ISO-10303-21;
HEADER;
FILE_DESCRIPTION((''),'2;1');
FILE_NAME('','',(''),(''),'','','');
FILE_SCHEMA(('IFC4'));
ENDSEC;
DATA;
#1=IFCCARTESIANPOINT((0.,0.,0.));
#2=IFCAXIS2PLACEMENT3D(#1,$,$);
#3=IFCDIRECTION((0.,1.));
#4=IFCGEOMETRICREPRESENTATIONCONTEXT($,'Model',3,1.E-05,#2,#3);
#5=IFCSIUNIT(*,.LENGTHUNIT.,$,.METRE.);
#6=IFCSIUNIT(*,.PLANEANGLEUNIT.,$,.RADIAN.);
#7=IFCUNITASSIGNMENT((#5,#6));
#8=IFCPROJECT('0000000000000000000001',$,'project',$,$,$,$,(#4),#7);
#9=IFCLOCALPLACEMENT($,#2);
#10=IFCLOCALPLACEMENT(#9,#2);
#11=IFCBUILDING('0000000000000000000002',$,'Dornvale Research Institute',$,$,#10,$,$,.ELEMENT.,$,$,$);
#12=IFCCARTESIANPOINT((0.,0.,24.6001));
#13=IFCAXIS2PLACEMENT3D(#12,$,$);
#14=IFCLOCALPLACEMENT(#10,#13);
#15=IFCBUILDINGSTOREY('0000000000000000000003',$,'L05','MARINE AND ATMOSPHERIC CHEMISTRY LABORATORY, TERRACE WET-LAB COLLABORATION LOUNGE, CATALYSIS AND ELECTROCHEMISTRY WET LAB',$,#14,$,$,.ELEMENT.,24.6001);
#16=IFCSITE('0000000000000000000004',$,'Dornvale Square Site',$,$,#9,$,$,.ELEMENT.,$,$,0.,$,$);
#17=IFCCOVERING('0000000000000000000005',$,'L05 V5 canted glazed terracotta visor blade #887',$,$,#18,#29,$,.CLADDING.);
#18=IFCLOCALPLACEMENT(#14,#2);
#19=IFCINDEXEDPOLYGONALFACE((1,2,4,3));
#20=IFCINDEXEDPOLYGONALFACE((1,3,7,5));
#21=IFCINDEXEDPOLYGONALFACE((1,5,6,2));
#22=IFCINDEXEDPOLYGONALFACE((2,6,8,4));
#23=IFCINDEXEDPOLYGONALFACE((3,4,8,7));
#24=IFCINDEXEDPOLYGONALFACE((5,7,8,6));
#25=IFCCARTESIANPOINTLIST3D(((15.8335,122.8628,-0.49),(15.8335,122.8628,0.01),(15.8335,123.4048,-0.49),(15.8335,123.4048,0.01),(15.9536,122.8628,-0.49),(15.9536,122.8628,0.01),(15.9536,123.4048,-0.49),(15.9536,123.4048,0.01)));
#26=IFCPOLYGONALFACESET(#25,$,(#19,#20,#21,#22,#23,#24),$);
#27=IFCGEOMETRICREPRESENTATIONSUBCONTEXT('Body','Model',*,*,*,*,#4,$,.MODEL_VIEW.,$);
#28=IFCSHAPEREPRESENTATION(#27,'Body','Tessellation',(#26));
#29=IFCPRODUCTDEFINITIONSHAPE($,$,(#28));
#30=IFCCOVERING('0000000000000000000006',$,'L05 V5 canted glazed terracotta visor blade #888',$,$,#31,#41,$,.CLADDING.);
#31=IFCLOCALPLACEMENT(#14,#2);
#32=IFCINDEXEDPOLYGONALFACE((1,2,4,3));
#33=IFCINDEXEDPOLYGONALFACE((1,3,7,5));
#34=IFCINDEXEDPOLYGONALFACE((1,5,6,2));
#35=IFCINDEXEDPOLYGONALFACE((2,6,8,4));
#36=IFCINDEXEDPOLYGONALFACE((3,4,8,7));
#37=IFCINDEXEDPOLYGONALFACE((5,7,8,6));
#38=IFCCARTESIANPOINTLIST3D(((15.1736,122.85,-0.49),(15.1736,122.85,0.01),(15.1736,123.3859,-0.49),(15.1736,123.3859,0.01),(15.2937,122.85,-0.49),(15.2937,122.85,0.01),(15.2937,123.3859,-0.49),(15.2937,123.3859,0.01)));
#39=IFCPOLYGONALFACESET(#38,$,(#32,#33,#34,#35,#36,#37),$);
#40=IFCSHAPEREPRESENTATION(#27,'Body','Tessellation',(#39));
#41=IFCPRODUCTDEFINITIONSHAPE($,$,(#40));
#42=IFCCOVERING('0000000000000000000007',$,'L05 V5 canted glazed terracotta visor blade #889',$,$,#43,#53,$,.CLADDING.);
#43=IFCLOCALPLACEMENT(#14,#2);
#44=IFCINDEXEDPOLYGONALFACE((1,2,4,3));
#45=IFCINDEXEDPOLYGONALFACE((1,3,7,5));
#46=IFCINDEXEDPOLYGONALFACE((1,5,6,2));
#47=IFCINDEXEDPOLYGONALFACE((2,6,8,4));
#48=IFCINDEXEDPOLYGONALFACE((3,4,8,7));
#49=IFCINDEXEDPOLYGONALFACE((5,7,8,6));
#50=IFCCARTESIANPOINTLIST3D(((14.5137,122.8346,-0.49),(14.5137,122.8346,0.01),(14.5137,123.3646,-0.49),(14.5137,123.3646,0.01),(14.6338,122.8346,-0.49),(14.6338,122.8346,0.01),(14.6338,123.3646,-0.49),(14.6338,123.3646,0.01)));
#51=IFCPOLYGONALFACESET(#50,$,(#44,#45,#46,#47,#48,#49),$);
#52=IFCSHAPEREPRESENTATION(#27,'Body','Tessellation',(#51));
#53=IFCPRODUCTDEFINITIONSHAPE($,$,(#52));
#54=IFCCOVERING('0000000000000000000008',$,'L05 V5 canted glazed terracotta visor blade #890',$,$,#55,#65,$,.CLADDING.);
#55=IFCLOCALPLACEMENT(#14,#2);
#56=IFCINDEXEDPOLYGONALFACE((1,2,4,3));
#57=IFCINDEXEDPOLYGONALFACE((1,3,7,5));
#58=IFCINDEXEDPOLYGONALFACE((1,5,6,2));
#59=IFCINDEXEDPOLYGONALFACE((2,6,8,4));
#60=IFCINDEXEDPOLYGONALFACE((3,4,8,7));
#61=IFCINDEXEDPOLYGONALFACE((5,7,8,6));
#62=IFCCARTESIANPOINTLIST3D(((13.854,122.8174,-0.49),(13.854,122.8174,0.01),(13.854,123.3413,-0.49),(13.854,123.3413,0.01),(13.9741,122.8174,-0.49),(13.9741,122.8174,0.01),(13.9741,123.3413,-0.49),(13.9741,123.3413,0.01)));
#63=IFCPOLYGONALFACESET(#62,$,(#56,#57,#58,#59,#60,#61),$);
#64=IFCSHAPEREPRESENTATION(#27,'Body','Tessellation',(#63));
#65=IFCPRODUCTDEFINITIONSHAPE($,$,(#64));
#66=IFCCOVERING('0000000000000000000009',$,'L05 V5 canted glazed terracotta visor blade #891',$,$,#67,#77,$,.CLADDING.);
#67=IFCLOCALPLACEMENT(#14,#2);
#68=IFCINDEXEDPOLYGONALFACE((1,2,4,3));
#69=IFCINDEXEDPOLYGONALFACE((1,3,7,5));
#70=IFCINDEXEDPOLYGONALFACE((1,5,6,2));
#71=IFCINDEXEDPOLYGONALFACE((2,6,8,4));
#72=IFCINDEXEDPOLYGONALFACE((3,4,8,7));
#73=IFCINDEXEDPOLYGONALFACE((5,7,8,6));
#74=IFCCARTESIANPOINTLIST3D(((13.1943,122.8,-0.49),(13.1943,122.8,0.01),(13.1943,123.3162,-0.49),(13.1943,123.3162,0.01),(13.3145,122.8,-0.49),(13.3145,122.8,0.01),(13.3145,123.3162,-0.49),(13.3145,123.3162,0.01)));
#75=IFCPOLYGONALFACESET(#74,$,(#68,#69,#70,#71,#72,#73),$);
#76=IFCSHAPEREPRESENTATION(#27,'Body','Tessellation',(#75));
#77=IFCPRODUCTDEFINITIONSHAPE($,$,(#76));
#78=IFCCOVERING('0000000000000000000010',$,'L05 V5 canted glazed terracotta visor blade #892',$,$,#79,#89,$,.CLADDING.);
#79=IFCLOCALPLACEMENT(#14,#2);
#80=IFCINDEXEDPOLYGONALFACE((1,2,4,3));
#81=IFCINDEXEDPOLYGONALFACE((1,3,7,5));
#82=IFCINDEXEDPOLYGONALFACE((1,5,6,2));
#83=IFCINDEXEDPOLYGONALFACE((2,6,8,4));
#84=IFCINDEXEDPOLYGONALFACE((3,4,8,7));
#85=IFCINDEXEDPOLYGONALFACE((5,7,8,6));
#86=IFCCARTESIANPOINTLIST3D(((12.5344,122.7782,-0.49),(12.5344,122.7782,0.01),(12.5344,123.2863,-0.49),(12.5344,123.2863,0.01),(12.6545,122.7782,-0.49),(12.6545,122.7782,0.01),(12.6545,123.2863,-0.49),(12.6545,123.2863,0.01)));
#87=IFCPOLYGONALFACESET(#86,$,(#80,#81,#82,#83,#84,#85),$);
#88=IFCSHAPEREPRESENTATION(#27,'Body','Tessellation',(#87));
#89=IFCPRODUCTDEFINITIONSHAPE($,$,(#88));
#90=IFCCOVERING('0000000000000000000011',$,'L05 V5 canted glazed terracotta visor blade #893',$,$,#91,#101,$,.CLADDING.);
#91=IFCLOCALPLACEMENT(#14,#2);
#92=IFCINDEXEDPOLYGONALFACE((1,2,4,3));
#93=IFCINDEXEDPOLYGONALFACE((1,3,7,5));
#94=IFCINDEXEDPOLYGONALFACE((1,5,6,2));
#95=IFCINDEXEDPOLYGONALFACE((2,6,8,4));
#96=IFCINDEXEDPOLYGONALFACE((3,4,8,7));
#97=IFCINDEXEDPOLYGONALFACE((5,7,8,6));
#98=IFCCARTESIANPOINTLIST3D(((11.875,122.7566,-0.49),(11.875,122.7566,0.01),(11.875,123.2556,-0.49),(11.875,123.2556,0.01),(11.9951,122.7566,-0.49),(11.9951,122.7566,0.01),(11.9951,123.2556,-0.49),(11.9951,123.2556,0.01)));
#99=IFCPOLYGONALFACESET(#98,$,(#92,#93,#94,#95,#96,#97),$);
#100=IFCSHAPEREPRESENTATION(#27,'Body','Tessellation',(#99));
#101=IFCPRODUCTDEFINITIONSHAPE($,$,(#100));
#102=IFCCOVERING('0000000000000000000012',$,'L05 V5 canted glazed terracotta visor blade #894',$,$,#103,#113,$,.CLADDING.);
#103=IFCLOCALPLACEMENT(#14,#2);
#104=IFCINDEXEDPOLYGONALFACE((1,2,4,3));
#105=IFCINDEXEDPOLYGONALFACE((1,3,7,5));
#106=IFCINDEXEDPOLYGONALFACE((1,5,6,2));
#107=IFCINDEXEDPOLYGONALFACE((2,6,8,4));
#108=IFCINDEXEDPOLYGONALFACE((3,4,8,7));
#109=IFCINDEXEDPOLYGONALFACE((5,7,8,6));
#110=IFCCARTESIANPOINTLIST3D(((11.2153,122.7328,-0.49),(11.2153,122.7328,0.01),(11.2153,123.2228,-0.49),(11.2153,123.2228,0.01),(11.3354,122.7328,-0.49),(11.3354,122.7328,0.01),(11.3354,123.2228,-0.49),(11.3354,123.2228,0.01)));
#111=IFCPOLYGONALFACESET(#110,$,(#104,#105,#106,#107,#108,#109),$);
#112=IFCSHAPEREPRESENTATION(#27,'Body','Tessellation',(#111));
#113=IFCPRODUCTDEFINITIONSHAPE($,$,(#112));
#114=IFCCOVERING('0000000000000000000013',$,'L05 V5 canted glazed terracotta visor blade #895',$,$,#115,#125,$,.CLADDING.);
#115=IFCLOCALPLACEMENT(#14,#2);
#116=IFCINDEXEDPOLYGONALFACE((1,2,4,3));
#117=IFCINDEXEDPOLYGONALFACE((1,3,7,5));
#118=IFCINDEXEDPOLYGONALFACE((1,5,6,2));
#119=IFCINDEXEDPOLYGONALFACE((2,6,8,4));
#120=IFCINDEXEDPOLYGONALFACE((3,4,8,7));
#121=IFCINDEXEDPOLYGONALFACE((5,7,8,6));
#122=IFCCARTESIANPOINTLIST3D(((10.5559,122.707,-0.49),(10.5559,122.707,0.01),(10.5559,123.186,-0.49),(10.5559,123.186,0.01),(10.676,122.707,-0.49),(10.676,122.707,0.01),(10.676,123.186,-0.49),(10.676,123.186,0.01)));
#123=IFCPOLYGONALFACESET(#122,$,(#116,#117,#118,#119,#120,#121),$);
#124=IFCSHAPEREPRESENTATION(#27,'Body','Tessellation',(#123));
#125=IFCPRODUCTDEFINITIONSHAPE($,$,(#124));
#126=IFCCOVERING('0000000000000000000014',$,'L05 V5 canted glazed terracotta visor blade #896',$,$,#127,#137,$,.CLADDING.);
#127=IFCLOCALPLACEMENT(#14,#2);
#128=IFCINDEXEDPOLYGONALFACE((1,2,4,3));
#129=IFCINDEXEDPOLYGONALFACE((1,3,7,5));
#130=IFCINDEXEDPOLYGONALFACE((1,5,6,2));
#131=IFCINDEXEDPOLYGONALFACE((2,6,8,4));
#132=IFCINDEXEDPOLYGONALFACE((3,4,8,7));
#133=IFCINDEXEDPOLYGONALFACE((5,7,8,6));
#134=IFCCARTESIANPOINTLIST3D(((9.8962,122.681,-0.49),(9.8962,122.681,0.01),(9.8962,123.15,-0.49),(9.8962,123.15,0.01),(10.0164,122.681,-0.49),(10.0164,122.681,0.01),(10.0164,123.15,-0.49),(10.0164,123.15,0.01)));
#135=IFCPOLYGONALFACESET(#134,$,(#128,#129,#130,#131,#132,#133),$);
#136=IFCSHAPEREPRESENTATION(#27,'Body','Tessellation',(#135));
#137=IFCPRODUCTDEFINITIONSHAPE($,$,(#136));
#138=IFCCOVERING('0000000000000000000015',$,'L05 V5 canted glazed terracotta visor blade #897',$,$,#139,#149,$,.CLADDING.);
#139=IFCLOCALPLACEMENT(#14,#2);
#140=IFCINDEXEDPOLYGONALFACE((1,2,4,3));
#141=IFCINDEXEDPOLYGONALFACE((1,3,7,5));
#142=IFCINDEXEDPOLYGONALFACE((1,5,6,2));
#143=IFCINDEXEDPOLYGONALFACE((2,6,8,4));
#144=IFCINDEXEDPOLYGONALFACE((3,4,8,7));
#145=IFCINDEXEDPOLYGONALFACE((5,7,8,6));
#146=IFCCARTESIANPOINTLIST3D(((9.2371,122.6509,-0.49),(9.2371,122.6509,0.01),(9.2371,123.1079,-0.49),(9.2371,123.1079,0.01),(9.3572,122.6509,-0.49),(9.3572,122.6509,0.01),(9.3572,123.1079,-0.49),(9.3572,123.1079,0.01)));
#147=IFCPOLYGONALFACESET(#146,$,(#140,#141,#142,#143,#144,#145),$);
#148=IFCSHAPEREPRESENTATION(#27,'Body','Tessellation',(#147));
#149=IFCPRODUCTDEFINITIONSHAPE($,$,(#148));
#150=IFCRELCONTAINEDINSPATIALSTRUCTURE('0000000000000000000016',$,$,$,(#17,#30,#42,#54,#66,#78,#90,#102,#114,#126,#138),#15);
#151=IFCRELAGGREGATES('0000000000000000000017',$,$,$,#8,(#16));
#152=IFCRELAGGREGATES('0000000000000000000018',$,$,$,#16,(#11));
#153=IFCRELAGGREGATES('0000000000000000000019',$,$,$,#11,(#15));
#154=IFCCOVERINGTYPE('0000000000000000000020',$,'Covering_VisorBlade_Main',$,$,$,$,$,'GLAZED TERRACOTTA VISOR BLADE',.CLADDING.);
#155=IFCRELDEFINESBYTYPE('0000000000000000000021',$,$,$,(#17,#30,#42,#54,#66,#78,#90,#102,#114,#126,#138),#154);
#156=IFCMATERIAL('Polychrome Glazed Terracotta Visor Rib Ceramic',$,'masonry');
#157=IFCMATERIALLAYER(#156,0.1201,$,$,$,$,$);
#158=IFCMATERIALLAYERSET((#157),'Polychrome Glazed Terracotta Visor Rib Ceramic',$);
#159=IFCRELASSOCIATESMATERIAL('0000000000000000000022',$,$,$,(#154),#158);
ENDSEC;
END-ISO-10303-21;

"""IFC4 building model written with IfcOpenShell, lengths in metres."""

from ifc_helpers import new_model, si_unit, direction, frame, origin, origin_2d, place, context, subcontext, project, spatial, rectangle, extrude, material, layer, layer_set, type_object, element, save


model = new_model("IFC4")

# Units and contexts
model_context = context("Model", 3, precision=1e-05, world=origin(), true_north=direction((0.0, 1.0)))
body_context = subcontext(model_context, "Body", "Model", "MODEL_VIEW")
ifc_project = project(units=[si_unit("LENGTHUNIT", "METRE"), si_unit("PLANEANGLEUNIT", "RADIAN")], contexts=[model_context])

# Site, building, storey
site_placement = place(None, origin())
site = spatial("IfcSite", under=ifc_project, at=site_placement, Name="Dornvale Square Site", CompositionType="ELEMENT", RefElevation=0.0)
building_placement = place(site_placement, origin())
building = spatial("IfcBuilding", under=site, at=building_placement, Name="Dornvale Research Institute", CompositionType="ELEMENT")
storey_placement = place(building_placement, frame((0.0, 0.0, 24.6001)))
storey = spatial("IfcBuildingStorey", under=building, at=storey_placement, Name="L05", Description="MARINE AND ATMOSPHERIC CHEMISTRY LABORATORY, TERRACE WET-LAB COLLABORATION LOUNGE, CATALYSIS AND ELECTROCHEMISTRY WET LAB", CompositionType="ELEMENT", Elevation=24.6001)

# Coverings
ifc_material_1 = material(Name="Polychrome Glazed Terracotta Visor Rib Ceramic", Category="masonry")
ifc_layer_1 = layer(ifc_material_1, 0.1201)
ifc_layer_set_1 = layer_set([ifc_layer_1], Name="Polychrome Glazed Terracotta Visor Rib Ceramic")
covering_type = type_object("IfcCoveringType", Name="Covering_VisorBlade_Main", ElementType="GLAZED TERRACOTTA VISOR BLADE", PredefinedType="CLADDING", material=ifc_layer_set_1)
covering_1_placement = place(storey_placement, frame((15.8936, 123.1338, -0.49), z_axis=(0.0, 0.0, 1.0), x_axis=(0.0, 1.0, 0.0)))
element("IfcCovering", 1, at=covering_1_placement, inside=storey, type_object=covering_type, Name="L05 V5 canted glazed terracotta visor blade #887", PredefinedType="CLADDING", context=body_context, shape_type="SweptSolid", body=[
    extrude(rectangle(XDim=0.542, YDim=0.1201, at=origin_2d()), origin(), (0.0, 0.0, 1.0), 0.5),
])
covering_2_placement = place(storey_placement, frame((15.2336, 123.1179, -0.49), z_axis=(0.0, 0.0, 1.0), x_axis=(0.0, 1.0, 0.0)))
element("IfcCovering", 2, at=covering_2_placement, inside=storey, type_object=covering_type, Name="L05 V5 canted glazed terracotta visor blade #888", PredefinedType="CLADDING", context=body_context, shape_type="SweptSolid", body=[
    extrude(rectangle(XDim=0.5359, YDim=0.1201, at=origin_2d()), origin(), (0.0, 0.0, 1.0), 0.5),
])
covering_3_placement = place(storey_placement, frame((14.5737, 123.0996, -0.49), z_axis=(0.0, 0.0, 1.0), x_axis=(0.0, 1.0, 0.0)))
element("IfcCovering", 3, at=covering_3_placement, inside=storey, type_object=covering_type, Name="L05 V5 canted glazed terracotta visor blade #889", PredefinedType="CLADDING", context=body_context, shape_type="SweptSolid", body=[
    extrude(rectangle(XDim=0.53, YDim=0.1201, at=origin_2d()), origin(), (0.0, 0.0, 1.0), 0.5),
])
covering_4_placement = place(storey_placement, frame((13.9141, 123.0793, -0.49), z_axis=(0.0, 0.0, 1.0), x_axis=(0.0, 1.0, 0.0)))
element("IfcCovering", 4, at=covering_4_placement, inside=storey, type_object=covering_type, Name="L05 V5 canted glazed terracotta visor blade #890", PredefinedType="CLADDING", context=body_context, shape_type="SweptSolid", body=[
    extrude(rectangle(XDim=0.5239, YDim=0.1201, at=origin_2d()), origin(), (0.0, 0.0, 1.0), 0.5),
])
covering_5_placement = place(storey_placement, frame((13.2544, 123.0581, -0.49), z_axis=(0.0, 0.0, 1.0), x_axis=(0.0, 1.0, 0.0)))
element("IfcCovering", 5, at=covering_5_placement, inside=storey, type_object=covering_type, Name="L05 V5 canted glazed terracotta visor blade #891", PredefinedType="CLADDING", context=body_context, shape_type="SweptSolid", body=[
    extrude(rectangle(XDim=0.5161, YDim=0.1201, at=origin_2d()), origin(), (0.0, 0.0, 1.0), 0.5),
])
covering_6_placement = place(storey_placement, frame((12.5945, 123.0322, -0.49), z_axis=(0.0, 0.0, 1.0), x_axis=(0.0, 1.0, 0.0)))
element("IfcCovering", 6, at=covering_6_placement, inside=storey, type_object=covering_type, Name="L05 V5 canted glazed terracotta visor blade #892", PredefinedType="CLADDING", context=body_context, shape_type="SweptSolid", body=[
    extrude(rectangle(XDim=0.5081, YDim=0.1201, at=origin_2d()), origin(), (0.0, 0.0, 1.0), 0.5),
])
covering_7_placement = place(storey_placement, frame((11.9351, 123.0061, -0.49), z_axis=(0.0, 0.0, 1.0), x_axis=(0.0, 1.0, 0.0)))
element("IfcCovering", 7, at=covering_7_placement, inside=storey, type_object=covering_type, Name="L05 V5 canted glazed terracotta visor blade #893", PredefinedType="CLADDING", context=body_context, shape_type="SweptSolid", body=[
    extrude(rectangle(XDim=0.499, YDim=0.1201, at=origin_2d()), origin(), (0.0, 0.0, 1.0), 0.5),
])
covering_8_placement = place(storey_placement, frame((11.2754, 122.9778, -0.49), z_axis=(0.0, 0.0, 1.0), x_axis=(0.0, 1.0, 0.0)))
element("IfcCovering", 8, at=covering_8_placement, inside=storey, type_object=covering_type, Name="L05 V5 canted glazed terracotta visor blade #894", PredefinedType="CLADDING", context=body_context, shape_type="SweptSolid", body=[
    extrude(rectangle(XDim=0.49, YDim=0.1201, at=origin_2d()), origin(), (0.0, 0.0, 1.0), 0.5),
])
covering_9_placement = place(storey_placement, frame((10.616, 122.9465, -0.49), z_axis=(0.0, 0.0, 1.0), x_axis=(0.0, 1.0, 0.0)))
element("IfcCovering", 9, at=covering_9_placement, inside=storey, type_object=covering_type, Name="L05 V5 canted glazed terracotta visor blade #895", PredefinedType="CLADDING", context=body_context, shape_type="SweptSolid", body=[
    extrude(rectangle(XDim=0.479, YDim=0.1201, at=origin_2d()), origin(), (0.0, 0.0, 1.0), 0.5),
])
covering_10_placement = place(storey_placement, frame((9.9563, 122.9155, -0.49), z_axis=(0.0, 0.0, 1.0), x_axis=(0.0, 1.0, 0.0)))
element("IfcCovering", 10, at=covering_10_placement, inside=storey, type_object=covering_type, Name="L05 V5 canted glazed terracotta visor blade #896", PredefinedType="CLADDING", context=body_context, shape_type="SweptSolid", body=[
    extrude(rectangle(XDim=0.469, YDim=0.1201, at=origin_2d()), origin(), (0.0, 0.0, 1.0), 0.5),
])
covering_11_placement = place(storey_placement, frame((9.2971, 122.8794, -0.49), z_axis=(0.0, 0.0, 1.0), x_axis=(0.0, 1.0, 0.0)))
element("IfcCovering", 11, at=covering_11_placement, inside=storey, type_object=covering_type, Name="L05 V5 canted glazed terracotta visor blade #897", PredefinedType="CLADDING", context=body_context, shape_type="SweptSolid", body=[
    extrude(rectangle(XDim=0.457, YDim=0.1201, at=origin_2d()), origin(), (0.0, 0.0, 1.0), 0.5),
])

save(model, "model.ifc")
